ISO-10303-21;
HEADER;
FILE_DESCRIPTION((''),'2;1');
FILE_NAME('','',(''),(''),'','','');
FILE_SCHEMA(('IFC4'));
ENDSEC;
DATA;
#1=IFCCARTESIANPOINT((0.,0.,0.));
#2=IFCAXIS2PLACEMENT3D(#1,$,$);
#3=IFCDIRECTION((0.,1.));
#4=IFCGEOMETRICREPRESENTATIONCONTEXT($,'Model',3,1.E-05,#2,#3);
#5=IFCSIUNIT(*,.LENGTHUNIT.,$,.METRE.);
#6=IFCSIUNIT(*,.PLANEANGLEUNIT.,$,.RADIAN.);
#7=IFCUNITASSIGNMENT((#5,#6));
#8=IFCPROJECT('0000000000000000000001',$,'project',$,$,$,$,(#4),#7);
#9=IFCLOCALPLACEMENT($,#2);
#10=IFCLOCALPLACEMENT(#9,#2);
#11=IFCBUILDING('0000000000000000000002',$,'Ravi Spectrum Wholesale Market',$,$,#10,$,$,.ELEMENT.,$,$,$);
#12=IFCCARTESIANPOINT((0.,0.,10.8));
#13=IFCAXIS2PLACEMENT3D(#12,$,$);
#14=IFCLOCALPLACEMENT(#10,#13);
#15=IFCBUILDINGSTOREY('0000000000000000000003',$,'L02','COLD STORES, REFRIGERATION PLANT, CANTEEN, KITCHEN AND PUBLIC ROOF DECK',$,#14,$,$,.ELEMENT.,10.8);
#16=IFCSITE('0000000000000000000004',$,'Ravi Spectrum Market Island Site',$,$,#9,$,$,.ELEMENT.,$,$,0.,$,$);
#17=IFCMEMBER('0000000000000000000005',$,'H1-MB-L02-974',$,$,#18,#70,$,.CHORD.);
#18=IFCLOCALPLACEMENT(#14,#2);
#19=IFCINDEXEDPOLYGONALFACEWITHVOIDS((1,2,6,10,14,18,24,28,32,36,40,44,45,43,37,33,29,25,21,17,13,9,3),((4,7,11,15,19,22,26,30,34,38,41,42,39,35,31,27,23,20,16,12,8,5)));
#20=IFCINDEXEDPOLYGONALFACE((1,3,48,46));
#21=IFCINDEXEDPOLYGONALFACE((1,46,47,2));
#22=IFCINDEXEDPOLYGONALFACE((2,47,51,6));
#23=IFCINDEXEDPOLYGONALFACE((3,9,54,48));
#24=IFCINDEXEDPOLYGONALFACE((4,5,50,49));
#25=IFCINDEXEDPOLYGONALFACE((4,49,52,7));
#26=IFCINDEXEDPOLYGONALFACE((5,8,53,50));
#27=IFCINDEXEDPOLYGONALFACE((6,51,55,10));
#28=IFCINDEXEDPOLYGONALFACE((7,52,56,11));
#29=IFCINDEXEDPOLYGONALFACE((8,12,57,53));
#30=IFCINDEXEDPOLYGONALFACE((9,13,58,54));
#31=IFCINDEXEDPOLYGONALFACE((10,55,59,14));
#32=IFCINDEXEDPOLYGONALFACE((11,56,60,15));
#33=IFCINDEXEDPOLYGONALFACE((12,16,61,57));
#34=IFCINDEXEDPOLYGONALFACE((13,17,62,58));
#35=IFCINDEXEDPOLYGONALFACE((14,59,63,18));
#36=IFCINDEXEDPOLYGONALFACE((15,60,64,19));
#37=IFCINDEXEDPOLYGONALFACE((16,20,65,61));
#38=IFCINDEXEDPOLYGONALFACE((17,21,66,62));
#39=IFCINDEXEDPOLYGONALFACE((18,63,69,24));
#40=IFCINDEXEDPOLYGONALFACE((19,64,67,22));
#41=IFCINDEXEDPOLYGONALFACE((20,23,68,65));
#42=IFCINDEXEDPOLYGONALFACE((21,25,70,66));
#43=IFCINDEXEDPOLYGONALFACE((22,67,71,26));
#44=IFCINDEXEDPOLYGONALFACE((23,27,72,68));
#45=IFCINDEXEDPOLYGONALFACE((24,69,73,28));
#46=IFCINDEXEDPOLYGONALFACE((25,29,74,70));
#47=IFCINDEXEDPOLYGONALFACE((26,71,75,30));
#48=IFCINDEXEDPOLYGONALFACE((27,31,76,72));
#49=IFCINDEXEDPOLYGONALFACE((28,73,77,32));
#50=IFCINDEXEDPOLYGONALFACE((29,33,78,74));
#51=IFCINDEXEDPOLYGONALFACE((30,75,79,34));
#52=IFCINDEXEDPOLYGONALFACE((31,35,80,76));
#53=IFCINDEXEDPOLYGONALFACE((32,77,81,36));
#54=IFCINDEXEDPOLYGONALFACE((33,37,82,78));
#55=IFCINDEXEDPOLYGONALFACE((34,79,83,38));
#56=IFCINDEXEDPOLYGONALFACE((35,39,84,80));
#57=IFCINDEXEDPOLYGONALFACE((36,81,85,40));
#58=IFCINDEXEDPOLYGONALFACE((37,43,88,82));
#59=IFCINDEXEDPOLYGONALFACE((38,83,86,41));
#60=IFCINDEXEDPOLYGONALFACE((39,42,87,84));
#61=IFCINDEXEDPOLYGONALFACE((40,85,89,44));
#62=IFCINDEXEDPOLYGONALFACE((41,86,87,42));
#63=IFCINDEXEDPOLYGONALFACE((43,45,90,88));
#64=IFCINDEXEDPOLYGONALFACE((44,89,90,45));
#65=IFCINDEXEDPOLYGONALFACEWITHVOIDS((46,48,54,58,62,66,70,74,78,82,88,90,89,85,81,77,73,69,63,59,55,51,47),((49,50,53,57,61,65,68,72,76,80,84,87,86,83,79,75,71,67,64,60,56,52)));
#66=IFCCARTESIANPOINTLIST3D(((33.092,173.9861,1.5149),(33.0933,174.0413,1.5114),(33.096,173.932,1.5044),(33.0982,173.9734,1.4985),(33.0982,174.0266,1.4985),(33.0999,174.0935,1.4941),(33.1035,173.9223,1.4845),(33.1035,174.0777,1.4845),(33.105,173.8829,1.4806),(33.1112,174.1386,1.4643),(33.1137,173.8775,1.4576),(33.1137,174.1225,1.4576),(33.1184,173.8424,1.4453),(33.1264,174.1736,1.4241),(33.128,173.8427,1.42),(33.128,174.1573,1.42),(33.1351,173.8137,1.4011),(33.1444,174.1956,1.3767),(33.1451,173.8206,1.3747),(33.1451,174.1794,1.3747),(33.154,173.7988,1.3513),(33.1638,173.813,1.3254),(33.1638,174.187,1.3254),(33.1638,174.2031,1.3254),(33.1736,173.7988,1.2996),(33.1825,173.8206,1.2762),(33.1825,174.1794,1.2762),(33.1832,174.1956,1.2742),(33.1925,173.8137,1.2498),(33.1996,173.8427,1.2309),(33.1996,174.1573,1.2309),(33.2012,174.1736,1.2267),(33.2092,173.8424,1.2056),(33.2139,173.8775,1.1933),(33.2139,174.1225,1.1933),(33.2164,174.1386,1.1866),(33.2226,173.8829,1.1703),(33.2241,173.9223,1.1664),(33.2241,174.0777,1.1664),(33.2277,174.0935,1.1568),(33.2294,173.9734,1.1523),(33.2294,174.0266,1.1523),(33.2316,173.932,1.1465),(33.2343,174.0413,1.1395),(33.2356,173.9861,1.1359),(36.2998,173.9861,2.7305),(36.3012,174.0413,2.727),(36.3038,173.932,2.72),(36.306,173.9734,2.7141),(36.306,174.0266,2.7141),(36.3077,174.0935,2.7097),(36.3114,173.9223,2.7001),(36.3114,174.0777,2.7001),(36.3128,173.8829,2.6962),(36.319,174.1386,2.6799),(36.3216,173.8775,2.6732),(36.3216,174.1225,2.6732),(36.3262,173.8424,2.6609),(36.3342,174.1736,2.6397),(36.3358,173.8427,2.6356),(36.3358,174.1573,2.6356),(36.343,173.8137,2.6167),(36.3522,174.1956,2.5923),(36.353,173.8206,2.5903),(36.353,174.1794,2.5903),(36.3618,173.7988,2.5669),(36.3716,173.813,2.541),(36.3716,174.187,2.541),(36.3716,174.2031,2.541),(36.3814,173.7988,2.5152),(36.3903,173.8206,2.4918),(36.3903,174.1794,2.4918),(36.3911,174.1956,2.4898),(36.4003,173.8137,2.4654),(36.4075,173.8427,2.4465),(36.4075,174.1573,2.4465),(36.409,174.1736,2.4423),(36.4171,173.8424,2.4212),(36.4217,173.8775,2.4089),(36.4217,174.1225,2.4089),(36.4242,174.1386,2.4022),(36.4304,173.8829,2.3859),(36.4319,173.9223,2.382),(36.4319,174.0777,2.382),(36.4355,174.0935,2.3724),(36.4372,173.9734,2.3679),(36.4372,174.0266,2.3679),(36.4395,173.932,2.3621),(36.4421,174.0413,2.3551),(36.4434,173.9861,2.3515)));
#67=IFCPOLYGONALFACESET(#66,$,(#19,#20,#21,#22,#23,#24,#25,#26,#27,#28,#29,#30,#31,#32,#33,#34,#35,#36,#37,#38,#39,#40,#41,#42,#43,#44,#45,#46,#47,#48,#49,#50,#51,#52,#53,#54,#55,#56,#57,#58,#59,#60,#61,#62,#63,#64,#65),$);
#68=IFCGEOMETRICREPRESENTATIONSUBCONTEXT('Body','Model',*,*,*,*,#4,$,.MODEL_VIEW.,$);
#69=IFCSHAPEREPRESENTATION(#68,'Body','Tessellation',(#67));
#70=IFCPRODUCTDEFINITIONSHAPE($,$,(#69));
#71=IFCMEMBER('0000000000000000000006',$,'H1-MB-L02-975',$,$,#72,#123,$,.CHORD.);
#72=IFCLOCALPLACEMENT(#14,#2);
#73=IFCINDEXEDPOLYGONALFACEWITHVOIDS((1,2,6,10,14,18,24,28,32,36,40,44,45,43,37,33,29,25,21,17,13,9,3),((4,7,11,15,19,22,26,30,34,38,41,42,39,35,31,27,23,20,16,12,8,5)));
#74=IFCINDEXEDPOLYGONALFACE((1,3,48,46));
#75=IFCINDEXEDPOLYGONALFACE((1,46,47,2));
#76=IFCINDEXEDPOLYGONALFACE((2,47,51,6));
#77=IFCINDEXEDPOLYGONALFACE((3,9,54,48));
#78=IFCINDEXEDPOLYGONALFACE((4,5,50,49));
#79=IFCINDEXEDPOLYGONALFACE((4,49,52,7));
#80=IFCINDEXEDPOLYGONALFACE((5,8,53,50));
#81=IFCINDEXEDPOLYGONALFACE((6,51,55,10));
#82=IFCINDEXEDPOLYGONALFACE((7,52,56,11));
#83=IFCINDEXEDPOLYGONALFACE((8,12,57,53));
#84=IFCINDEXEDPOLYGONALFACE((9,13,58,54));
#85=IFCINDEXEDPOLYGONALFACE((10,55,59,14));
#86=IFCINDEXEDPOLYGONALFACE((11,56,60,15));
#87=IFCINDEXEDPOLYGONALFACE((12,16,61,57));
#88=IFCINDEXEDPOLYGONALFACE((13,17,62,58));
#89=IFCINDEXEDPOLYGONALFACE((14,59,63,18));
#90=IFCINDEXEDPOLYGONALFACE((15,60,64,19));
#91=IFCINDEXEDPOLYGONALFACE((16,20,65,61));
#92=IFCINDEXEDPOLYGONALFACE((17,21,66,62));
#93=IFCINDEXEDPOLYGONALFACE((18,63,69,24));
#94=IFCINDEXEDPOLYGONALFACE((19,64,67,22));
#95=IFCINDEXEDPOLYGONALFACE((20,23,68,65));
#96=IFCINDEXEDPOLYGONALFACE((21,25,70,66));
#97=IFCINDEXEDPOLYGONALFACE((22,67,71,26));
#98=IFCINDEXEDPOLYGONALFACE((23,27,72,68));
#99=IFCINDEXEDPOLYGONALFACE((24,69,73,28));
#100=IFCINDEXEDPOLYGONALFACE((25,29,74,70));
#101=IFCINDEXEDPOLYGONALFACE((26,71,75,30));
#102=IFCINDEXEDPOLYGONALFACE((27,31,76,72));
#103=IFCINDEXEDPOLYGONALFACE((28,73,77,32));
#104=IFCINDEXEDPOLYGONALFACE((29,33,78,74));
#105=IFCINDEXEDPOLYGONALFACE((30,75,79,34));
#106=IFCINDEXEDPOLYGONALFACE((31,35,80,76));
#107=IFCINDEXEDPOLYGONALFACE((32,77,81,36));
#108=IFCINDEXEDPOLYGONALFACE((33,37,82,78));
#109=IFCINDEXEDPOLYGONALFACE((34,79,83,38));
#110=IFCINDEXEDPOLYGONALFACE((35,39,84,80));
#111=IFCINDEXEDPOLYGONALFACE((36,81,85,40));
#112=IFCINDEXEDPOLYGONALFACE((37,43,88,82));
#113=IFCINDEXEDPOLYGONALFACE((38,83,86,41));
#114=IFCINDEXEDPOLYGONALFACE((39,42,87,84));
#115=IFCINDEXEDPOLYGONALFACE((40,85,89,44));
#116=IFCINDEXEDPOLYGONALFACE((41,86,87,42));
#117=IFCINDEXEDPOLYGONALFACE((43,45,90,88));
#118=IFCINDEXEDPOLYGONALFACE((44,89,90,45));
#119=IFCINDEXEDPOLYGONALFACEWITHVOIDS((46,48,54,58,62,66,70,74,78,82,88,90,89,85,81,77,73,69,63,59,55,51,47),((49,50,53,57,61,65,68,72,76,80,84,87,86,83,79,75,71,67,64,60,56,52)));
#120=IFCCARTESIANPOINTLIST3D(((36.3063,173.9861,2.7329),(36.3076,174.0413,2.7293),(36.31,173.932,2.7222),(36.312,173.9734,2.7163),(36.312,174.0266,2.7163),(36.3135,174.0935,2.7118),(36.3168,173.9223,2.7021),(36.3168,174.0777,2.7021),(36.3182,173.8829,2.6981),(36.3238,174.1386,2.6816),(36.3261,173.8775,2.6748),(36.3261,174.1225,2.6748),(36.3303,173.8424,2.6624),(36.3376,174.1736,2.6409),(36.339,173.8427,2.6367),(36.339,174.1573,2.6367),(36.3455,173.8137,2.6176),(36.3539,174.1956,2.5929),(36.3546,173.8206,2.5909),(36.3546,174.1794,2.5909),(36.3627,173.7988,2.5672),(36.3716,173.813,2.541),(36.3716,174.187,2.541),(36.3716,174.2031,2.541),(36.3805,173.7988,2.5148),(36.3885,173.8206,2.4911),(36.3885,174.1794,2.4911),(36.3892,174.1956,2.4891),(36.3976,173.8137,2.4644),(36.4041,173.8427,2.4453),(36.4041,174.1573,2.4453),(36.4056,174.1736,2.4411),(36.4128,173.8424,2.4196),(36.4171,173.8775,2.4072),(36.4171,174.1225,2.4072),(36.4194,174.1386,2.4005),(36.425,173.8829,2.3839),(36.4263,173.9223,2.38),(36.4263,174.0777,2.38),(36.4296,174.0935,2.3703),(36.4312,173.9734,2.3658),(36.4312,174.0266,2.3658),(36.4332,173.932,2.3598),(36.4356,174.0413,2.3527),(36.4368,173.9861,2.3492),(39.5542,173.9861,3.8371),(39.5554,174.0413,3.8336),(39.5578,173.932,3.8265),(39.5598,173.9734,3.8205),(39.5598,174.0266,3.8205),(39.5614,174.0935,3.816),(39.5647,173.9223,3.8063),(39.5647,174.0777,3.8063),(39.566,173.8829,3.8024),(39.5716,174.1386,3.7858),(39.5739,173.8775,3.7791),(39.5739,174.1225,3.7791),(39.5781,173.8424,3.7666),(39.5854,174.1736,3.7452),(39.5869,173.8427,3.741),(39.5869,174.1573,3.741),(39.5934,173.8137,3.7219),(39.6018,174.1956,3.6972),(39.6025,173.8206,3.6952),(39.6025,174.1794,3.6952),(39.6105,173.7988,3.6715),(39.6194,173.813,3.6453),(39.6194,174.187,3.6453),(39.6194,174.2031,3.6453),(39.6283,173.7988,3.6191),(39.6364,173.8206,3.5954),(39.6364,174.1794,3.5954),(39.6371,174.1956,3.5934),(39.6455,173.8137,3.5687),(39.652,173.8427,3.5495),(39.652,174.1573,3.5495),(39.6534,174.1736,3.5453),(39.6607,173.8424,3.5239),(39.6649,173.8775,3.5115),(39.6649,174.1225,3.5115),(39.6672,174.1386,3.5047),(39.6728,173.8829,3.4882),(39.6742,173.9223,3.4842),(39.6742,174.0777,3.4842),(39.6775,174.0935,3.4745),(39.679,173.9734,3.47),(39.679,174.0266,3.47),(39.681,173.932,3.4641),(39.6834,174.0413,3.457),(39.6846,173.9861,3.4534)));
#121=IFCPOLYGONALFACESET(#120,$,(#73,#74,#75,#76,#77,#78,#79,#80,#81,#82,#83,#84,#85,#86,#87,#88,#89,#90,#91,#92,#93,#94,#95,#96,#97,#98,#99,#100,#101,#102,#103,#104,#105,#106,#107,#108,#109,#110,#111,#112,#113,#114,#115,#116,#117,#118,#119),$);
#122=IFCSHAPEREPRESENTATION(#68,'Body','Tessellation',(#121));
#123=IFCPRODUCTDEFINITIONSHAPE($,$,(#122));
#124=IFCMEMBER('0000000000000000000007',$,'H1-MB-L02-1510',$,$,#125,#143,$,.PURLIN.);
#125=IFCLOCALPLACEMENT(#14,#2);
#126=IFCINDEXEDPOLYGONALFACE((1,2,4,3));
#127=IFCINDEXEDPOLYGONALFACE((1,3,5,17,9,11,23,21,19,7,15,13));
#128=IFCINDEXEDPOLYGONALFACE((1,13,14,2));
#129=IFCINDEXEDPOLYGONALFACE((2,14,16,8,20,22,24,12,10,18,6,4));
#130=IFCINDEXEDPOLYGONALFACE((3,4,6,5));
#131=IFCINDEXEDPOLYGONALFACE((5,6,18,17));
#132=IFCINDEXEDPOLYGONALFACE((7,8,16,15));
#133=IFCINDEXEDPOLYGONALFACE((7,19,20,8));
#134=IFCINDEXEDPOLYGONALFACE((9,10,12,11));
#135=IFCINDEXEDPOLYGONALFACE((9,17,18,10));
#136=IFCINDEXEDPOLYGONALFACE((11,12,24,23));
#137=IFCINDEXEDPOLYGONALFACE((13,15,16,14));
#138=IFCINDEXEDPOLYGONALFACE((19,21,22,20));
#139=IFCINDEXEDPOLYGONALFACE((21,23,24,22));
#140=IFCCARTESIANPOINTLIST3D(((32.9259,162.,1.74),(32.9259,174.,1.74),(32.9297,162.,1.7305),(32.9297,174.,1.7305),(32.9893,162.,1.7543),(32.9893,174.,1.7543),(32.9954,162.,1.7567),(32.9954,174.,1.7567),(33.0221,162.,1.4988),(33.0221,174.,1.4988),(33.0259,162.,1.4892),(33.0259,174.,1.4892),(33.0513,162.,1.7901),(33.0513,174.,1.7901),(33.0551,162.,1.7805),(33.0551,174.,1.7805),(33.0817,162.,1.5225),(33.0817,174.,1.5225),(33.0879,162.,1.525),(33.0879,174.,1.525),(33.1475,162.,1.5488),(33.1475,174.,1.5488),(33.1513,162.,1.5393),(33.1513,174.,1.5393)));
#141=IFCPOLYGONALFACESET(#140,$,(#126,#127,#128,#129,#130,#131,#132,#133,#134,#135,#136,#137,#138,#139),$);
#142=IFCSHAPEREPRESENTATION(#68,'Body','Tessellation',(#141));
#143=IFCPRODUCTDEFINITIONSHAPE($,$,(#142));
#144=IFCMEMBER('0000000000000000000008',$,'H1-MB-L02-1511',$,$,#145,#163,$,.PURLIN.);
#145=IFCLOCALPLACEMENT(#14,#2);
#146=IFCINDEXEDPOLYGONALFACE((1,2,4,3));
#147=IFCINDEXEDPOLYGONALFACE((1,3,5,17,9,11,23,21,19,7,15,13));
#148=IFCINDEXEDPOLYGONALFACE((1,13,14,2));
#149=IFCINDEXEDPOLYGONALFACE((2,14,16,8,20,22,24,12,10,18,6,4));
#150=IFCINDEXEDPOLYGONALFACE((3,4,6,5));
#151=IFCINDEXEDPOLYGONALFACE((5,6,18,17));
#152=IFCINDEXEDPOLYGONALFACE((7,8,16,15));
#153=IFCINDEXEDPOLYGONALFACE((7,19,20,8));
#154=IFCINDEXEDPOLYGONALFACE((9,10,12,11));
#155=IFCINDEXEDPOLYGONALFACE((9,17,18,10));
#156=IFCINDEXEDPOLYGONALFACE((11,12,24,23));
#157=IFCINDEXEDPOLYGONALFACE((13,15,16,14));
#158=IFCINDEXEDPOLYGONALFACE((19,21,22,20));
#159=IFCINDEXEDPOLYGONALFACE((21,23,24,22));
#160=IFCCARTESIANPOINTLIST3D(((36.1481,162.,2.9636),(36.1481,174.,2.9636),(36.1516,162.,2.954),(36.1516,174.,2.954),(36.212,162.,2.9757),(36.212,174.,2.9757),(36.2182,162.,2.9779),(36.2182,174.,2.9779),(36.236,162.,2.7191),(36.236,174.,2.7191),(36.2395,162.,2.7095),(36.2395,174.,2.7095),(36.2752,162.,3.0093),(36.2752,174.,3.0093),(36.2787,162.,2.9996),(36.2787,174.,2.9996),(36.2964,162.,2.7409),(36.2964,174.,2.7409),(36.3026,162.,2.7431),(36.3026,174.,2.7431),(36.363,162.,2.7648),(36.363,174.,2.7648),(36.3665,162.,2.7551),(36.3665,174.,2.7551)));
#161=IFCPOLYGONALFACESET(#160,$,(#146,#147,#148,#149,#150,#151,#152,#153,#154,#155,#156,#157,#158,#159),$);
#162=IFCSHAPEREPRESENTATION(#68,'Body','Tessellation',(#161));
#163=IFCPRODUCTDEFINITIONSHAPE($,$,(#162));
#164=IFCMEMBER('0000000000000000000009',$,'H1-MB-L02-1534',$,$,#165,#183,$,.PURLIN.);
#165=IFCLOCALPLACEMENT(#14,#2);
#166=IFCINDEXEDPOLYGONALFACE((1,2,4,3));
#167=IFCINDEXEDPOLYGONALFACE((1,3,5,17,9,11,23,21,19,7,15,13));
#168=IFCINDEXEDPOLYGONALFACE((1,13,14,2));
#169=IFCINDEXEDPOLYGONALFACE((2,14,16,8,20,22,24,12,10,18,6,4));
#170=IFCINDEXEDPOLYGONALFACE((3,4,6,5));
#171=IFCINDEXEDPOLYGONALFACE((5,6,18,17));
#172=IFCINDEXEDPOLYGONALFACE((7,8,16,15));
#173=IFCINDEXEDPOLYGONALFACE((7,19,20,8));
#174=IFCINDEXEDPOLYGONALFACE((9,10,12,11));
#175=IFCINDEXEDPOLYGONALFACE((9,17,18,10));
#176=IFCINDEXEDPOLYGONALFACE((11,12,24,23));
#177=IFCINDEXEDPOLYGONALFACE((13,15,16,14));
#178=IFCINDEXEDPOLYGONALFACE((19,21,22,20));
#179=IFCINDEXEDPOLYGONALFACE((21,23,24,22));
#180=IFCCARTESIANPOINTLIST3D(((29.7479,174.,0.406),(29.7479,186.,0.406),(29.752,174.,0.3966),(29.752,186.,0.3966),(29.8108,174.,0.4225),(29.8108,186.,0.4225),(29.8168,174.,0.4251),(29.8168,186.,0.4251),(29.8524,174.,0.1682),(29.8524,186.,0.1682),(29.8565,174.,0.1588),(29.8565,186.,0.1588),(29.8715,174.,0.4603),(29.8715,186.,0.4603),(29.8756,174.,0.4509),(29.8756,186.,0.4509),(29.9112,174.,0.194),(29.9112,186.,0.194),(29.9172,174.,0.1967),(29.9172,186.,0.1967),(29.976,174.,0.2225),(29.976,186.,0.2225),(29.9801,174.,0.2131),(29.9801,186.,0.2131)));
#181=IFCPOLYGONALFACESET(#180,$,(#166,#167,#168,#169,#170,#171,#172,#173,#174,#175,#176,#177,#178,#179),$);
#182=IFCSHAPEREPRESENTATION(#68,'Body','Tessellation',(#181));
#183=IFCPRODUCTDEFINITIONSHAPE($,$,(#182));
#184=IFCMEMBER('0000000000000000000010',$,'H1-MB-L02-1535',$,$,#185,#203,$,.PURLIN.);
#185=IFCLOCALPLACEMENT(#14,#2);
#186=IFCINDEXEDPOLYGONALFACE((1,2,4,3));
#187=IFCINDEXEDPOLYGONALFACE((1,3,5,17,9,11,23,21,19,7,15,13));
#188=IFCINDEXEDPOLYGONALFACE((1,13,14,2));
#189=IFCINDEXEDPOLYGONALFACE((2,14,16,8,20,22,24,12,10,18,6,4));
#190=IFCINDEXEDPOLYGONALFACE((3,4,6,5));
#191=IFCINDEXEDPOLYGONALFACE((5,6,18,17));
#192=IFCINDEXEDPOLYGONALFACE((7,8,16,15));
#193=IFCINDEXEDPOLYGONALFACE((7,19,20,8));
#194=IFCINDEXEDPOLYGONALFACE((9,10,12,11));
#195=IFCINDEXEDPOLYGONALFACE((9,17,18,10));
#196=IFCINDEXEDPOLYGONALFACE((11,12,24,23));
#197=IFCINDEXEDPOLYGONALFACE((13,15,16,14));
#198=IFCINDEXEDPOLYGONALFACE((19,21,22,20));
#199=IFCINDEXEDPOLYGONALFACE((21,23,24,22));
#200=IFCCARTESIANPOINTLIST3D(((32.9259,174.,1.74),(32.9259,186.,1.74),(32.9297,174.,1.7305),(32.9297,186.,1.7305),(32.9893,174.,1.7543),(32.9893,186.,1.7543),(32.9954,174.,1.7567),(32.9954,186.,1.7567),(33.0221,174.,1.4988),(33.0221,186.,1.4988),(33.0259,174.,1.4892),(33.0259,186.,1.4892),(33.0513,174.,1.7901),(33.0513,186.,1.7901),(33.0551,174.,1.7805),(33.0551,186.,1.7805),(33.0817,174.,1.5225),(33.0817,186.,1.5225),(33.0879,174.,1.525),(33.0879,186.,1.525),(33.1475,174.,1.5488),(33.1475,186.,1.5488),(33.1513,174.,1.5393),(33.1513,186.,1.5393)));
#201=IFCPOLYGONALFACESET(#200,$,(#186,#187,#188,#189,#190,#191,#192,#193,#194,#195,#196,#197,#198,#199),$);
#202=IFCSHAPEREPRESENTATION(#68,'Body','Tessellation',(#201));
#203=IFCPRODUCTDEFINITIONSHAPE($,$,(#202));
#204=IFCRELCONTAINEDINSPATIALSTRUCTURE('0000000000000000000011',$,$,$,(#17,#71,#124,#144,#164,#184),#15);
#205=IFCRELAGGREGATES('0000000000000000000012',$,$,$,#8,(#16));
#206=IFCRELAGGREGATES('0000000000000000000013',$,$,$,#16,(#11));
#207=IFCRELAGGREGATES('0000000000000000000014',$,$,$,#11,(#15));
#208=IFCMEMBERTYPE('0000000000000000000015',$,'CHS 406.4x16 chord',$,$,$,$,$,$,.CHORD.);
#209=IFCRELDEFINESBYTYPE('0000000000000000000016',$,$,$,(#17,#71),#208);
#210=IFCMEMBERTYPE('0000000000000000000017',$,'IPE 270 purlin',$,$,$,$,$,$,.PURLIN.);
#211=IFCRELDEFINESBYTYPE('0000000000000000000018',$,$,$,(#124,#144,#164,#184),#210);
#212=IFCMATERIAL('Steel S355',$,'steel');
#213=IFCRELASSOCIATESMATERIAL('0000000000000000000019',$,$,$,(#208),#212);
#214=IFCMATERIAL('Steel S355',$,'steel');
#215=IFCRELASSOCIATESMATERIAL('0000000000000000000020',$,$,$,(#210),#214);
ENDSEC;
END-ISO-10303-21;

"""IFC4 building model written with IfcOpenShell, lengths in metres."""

from ifc_helpers import new_model, si_unit, direction, frame, origin, origin_2d, place, context, subcontext, project, spatial, hollow_circle, i_section, extrude, material, material_profile, profile_set, type_object, element, save


model = new_model("IFC4")

# Units and contexts
model_context = context("Model", 3, precision=1e-05, world=origin(), true_north=direction((0.0, 1.0)))
body_context = subcontext(model_context, "Body", "Model", "MODEL_VIEW")
ifc_project = project(units=[si_unit("LENGTHUNIT", "METRE"), si_unit("PLANEANGLEUNIT", "RADIAN")], contexts=[model_context])

# Site, building, storey
site_placement = place(None, origin())
site = spatial("IfcSite", under=ifc_project, at=site_placement, Name="Ravi Spectrum Market Island Site", CompositionType="ELEMENT", RefElevation=0.0)
building_placement = place(site_placement, origin())
building = spatial("IfcBuilding", under=site, at=building_placement, Name="Ravi Spectrum Wholesale Market", CompositionType="ELEMENT")
storey_placement = place(building_placement, frame((0.0, 0.0, 10.8)))
storey = spatial("IfcBuildingStorey", under=building, at=storey_placement, Name="L02", Description="COLD STORES, REFRIGERATION PLANT, CANTEEN, KITCHEN AND PUBLIC ROOF DECK", CompositionType="ELEMENT", Elevation=10.8)

# Members
ifc_material_1 = material(Name="Steel S355", Category="steel")
ifc_material_profile_1 = material_profile(ifc_material_1, hollow_circle(Radius=0.2031, WallThickness=0.0161, at=origin_2d()))
ifc_profile_set_1 = profile_set([ifc_material_profile_1], Name="Steel S355")
member_type_1 = type_object("IfcMemberType", Name="CHS 406.4x16 chord", PredefinedType="CHORD", material=ifc_profile_set_1)
for number, where, z_axis, x_axis, name in (
    (1, (33.1638, 174.0, 1.3254), (0.93511, 0.0, 0.354358), (0.0, 1.0, 0.0), "H1-MB-L02-974"),
    (2, (36.3716, 174.0, 2.541), (0.946773, 0.0, 0.321901), (0.0, 1.0, 0.0), "H1-MB-L02-975"),
):
    element("IfcMember", number, at=place(storey_placement, frame(where, z_axis=z_axis, x_axis=x_axis)), inside=storey, type_object=member_type_1, Name=name, PredefinedType="CHORD", context=body_context, shape_type="SweptSolid", body=[
        extrude(hollow_circle(Radius=0.2031, WallThickness=0.0161, at=origin_2d()), origin(), (0.0, 0.0, 1.0), 3.4304),
    ])
ifc_material_2 = material(Name="Steel S355", Category="steel")
ifc_material_profile_2 = material_profile(ifc_material_2, i_section(OverallWidth=0.135, OverallDepth=0.27, WebThickness=0.0066, FlangeThickness=0.0103, at=origin_2d()))
ifc_profile_set_2 = profile_set([ifc_material_profile_2], Name="Steel S355")
member_type_2 = type_object("IfcMemberType", Name="IPE 270 purlin", PredefinedType="PURLIN", material=ifc_profile_set_2)
for number, where, z_axis, x_axis, name in (
    (3, (33.0386, 162.0, 1.6396), (0.0, 1.0, 0.0), (-0.928855, 0.0, -0.370443), "H1-MB-L02-1510"),
    (4, (36.2573, 162.0, 2.8594), (0.0, 1.0, 0.0), (-0.94108, 0.0, -0.338184), "H1-MB-L02-1511"),
    (5, (29.864, 174.0, 0.3096), (0.0, 1.0, 0.0), (-0.915525, 0.0, -0.40226), "H1-MB-L02-1534"),
    (6, (33.0386, 174.0, 1.6396), (0.0, 1.0, 0.0), (-0.928855, 0.0, -0.370443), "H1-MB-L02-1535"),
):
    element("IfcMember", number, at=place(storey_placement, frame(where, z_axis=z_axis, x_axis=x_axis)), inside=storey, type_object=member_type_2, Name=name, PredefinedType="PURLIN", context=body_context, shape_type="SweptSolid", body=[
        extrude(i_section(OverallWidth=0.135, OverallDepth=0.27, WebThickness=0.0066, FlangeThickness=0.0103, at=origin_2d()), origin(), (0.0, 0.0, 1.0), 12.0),
    ])

save(model, "model.ifc")
